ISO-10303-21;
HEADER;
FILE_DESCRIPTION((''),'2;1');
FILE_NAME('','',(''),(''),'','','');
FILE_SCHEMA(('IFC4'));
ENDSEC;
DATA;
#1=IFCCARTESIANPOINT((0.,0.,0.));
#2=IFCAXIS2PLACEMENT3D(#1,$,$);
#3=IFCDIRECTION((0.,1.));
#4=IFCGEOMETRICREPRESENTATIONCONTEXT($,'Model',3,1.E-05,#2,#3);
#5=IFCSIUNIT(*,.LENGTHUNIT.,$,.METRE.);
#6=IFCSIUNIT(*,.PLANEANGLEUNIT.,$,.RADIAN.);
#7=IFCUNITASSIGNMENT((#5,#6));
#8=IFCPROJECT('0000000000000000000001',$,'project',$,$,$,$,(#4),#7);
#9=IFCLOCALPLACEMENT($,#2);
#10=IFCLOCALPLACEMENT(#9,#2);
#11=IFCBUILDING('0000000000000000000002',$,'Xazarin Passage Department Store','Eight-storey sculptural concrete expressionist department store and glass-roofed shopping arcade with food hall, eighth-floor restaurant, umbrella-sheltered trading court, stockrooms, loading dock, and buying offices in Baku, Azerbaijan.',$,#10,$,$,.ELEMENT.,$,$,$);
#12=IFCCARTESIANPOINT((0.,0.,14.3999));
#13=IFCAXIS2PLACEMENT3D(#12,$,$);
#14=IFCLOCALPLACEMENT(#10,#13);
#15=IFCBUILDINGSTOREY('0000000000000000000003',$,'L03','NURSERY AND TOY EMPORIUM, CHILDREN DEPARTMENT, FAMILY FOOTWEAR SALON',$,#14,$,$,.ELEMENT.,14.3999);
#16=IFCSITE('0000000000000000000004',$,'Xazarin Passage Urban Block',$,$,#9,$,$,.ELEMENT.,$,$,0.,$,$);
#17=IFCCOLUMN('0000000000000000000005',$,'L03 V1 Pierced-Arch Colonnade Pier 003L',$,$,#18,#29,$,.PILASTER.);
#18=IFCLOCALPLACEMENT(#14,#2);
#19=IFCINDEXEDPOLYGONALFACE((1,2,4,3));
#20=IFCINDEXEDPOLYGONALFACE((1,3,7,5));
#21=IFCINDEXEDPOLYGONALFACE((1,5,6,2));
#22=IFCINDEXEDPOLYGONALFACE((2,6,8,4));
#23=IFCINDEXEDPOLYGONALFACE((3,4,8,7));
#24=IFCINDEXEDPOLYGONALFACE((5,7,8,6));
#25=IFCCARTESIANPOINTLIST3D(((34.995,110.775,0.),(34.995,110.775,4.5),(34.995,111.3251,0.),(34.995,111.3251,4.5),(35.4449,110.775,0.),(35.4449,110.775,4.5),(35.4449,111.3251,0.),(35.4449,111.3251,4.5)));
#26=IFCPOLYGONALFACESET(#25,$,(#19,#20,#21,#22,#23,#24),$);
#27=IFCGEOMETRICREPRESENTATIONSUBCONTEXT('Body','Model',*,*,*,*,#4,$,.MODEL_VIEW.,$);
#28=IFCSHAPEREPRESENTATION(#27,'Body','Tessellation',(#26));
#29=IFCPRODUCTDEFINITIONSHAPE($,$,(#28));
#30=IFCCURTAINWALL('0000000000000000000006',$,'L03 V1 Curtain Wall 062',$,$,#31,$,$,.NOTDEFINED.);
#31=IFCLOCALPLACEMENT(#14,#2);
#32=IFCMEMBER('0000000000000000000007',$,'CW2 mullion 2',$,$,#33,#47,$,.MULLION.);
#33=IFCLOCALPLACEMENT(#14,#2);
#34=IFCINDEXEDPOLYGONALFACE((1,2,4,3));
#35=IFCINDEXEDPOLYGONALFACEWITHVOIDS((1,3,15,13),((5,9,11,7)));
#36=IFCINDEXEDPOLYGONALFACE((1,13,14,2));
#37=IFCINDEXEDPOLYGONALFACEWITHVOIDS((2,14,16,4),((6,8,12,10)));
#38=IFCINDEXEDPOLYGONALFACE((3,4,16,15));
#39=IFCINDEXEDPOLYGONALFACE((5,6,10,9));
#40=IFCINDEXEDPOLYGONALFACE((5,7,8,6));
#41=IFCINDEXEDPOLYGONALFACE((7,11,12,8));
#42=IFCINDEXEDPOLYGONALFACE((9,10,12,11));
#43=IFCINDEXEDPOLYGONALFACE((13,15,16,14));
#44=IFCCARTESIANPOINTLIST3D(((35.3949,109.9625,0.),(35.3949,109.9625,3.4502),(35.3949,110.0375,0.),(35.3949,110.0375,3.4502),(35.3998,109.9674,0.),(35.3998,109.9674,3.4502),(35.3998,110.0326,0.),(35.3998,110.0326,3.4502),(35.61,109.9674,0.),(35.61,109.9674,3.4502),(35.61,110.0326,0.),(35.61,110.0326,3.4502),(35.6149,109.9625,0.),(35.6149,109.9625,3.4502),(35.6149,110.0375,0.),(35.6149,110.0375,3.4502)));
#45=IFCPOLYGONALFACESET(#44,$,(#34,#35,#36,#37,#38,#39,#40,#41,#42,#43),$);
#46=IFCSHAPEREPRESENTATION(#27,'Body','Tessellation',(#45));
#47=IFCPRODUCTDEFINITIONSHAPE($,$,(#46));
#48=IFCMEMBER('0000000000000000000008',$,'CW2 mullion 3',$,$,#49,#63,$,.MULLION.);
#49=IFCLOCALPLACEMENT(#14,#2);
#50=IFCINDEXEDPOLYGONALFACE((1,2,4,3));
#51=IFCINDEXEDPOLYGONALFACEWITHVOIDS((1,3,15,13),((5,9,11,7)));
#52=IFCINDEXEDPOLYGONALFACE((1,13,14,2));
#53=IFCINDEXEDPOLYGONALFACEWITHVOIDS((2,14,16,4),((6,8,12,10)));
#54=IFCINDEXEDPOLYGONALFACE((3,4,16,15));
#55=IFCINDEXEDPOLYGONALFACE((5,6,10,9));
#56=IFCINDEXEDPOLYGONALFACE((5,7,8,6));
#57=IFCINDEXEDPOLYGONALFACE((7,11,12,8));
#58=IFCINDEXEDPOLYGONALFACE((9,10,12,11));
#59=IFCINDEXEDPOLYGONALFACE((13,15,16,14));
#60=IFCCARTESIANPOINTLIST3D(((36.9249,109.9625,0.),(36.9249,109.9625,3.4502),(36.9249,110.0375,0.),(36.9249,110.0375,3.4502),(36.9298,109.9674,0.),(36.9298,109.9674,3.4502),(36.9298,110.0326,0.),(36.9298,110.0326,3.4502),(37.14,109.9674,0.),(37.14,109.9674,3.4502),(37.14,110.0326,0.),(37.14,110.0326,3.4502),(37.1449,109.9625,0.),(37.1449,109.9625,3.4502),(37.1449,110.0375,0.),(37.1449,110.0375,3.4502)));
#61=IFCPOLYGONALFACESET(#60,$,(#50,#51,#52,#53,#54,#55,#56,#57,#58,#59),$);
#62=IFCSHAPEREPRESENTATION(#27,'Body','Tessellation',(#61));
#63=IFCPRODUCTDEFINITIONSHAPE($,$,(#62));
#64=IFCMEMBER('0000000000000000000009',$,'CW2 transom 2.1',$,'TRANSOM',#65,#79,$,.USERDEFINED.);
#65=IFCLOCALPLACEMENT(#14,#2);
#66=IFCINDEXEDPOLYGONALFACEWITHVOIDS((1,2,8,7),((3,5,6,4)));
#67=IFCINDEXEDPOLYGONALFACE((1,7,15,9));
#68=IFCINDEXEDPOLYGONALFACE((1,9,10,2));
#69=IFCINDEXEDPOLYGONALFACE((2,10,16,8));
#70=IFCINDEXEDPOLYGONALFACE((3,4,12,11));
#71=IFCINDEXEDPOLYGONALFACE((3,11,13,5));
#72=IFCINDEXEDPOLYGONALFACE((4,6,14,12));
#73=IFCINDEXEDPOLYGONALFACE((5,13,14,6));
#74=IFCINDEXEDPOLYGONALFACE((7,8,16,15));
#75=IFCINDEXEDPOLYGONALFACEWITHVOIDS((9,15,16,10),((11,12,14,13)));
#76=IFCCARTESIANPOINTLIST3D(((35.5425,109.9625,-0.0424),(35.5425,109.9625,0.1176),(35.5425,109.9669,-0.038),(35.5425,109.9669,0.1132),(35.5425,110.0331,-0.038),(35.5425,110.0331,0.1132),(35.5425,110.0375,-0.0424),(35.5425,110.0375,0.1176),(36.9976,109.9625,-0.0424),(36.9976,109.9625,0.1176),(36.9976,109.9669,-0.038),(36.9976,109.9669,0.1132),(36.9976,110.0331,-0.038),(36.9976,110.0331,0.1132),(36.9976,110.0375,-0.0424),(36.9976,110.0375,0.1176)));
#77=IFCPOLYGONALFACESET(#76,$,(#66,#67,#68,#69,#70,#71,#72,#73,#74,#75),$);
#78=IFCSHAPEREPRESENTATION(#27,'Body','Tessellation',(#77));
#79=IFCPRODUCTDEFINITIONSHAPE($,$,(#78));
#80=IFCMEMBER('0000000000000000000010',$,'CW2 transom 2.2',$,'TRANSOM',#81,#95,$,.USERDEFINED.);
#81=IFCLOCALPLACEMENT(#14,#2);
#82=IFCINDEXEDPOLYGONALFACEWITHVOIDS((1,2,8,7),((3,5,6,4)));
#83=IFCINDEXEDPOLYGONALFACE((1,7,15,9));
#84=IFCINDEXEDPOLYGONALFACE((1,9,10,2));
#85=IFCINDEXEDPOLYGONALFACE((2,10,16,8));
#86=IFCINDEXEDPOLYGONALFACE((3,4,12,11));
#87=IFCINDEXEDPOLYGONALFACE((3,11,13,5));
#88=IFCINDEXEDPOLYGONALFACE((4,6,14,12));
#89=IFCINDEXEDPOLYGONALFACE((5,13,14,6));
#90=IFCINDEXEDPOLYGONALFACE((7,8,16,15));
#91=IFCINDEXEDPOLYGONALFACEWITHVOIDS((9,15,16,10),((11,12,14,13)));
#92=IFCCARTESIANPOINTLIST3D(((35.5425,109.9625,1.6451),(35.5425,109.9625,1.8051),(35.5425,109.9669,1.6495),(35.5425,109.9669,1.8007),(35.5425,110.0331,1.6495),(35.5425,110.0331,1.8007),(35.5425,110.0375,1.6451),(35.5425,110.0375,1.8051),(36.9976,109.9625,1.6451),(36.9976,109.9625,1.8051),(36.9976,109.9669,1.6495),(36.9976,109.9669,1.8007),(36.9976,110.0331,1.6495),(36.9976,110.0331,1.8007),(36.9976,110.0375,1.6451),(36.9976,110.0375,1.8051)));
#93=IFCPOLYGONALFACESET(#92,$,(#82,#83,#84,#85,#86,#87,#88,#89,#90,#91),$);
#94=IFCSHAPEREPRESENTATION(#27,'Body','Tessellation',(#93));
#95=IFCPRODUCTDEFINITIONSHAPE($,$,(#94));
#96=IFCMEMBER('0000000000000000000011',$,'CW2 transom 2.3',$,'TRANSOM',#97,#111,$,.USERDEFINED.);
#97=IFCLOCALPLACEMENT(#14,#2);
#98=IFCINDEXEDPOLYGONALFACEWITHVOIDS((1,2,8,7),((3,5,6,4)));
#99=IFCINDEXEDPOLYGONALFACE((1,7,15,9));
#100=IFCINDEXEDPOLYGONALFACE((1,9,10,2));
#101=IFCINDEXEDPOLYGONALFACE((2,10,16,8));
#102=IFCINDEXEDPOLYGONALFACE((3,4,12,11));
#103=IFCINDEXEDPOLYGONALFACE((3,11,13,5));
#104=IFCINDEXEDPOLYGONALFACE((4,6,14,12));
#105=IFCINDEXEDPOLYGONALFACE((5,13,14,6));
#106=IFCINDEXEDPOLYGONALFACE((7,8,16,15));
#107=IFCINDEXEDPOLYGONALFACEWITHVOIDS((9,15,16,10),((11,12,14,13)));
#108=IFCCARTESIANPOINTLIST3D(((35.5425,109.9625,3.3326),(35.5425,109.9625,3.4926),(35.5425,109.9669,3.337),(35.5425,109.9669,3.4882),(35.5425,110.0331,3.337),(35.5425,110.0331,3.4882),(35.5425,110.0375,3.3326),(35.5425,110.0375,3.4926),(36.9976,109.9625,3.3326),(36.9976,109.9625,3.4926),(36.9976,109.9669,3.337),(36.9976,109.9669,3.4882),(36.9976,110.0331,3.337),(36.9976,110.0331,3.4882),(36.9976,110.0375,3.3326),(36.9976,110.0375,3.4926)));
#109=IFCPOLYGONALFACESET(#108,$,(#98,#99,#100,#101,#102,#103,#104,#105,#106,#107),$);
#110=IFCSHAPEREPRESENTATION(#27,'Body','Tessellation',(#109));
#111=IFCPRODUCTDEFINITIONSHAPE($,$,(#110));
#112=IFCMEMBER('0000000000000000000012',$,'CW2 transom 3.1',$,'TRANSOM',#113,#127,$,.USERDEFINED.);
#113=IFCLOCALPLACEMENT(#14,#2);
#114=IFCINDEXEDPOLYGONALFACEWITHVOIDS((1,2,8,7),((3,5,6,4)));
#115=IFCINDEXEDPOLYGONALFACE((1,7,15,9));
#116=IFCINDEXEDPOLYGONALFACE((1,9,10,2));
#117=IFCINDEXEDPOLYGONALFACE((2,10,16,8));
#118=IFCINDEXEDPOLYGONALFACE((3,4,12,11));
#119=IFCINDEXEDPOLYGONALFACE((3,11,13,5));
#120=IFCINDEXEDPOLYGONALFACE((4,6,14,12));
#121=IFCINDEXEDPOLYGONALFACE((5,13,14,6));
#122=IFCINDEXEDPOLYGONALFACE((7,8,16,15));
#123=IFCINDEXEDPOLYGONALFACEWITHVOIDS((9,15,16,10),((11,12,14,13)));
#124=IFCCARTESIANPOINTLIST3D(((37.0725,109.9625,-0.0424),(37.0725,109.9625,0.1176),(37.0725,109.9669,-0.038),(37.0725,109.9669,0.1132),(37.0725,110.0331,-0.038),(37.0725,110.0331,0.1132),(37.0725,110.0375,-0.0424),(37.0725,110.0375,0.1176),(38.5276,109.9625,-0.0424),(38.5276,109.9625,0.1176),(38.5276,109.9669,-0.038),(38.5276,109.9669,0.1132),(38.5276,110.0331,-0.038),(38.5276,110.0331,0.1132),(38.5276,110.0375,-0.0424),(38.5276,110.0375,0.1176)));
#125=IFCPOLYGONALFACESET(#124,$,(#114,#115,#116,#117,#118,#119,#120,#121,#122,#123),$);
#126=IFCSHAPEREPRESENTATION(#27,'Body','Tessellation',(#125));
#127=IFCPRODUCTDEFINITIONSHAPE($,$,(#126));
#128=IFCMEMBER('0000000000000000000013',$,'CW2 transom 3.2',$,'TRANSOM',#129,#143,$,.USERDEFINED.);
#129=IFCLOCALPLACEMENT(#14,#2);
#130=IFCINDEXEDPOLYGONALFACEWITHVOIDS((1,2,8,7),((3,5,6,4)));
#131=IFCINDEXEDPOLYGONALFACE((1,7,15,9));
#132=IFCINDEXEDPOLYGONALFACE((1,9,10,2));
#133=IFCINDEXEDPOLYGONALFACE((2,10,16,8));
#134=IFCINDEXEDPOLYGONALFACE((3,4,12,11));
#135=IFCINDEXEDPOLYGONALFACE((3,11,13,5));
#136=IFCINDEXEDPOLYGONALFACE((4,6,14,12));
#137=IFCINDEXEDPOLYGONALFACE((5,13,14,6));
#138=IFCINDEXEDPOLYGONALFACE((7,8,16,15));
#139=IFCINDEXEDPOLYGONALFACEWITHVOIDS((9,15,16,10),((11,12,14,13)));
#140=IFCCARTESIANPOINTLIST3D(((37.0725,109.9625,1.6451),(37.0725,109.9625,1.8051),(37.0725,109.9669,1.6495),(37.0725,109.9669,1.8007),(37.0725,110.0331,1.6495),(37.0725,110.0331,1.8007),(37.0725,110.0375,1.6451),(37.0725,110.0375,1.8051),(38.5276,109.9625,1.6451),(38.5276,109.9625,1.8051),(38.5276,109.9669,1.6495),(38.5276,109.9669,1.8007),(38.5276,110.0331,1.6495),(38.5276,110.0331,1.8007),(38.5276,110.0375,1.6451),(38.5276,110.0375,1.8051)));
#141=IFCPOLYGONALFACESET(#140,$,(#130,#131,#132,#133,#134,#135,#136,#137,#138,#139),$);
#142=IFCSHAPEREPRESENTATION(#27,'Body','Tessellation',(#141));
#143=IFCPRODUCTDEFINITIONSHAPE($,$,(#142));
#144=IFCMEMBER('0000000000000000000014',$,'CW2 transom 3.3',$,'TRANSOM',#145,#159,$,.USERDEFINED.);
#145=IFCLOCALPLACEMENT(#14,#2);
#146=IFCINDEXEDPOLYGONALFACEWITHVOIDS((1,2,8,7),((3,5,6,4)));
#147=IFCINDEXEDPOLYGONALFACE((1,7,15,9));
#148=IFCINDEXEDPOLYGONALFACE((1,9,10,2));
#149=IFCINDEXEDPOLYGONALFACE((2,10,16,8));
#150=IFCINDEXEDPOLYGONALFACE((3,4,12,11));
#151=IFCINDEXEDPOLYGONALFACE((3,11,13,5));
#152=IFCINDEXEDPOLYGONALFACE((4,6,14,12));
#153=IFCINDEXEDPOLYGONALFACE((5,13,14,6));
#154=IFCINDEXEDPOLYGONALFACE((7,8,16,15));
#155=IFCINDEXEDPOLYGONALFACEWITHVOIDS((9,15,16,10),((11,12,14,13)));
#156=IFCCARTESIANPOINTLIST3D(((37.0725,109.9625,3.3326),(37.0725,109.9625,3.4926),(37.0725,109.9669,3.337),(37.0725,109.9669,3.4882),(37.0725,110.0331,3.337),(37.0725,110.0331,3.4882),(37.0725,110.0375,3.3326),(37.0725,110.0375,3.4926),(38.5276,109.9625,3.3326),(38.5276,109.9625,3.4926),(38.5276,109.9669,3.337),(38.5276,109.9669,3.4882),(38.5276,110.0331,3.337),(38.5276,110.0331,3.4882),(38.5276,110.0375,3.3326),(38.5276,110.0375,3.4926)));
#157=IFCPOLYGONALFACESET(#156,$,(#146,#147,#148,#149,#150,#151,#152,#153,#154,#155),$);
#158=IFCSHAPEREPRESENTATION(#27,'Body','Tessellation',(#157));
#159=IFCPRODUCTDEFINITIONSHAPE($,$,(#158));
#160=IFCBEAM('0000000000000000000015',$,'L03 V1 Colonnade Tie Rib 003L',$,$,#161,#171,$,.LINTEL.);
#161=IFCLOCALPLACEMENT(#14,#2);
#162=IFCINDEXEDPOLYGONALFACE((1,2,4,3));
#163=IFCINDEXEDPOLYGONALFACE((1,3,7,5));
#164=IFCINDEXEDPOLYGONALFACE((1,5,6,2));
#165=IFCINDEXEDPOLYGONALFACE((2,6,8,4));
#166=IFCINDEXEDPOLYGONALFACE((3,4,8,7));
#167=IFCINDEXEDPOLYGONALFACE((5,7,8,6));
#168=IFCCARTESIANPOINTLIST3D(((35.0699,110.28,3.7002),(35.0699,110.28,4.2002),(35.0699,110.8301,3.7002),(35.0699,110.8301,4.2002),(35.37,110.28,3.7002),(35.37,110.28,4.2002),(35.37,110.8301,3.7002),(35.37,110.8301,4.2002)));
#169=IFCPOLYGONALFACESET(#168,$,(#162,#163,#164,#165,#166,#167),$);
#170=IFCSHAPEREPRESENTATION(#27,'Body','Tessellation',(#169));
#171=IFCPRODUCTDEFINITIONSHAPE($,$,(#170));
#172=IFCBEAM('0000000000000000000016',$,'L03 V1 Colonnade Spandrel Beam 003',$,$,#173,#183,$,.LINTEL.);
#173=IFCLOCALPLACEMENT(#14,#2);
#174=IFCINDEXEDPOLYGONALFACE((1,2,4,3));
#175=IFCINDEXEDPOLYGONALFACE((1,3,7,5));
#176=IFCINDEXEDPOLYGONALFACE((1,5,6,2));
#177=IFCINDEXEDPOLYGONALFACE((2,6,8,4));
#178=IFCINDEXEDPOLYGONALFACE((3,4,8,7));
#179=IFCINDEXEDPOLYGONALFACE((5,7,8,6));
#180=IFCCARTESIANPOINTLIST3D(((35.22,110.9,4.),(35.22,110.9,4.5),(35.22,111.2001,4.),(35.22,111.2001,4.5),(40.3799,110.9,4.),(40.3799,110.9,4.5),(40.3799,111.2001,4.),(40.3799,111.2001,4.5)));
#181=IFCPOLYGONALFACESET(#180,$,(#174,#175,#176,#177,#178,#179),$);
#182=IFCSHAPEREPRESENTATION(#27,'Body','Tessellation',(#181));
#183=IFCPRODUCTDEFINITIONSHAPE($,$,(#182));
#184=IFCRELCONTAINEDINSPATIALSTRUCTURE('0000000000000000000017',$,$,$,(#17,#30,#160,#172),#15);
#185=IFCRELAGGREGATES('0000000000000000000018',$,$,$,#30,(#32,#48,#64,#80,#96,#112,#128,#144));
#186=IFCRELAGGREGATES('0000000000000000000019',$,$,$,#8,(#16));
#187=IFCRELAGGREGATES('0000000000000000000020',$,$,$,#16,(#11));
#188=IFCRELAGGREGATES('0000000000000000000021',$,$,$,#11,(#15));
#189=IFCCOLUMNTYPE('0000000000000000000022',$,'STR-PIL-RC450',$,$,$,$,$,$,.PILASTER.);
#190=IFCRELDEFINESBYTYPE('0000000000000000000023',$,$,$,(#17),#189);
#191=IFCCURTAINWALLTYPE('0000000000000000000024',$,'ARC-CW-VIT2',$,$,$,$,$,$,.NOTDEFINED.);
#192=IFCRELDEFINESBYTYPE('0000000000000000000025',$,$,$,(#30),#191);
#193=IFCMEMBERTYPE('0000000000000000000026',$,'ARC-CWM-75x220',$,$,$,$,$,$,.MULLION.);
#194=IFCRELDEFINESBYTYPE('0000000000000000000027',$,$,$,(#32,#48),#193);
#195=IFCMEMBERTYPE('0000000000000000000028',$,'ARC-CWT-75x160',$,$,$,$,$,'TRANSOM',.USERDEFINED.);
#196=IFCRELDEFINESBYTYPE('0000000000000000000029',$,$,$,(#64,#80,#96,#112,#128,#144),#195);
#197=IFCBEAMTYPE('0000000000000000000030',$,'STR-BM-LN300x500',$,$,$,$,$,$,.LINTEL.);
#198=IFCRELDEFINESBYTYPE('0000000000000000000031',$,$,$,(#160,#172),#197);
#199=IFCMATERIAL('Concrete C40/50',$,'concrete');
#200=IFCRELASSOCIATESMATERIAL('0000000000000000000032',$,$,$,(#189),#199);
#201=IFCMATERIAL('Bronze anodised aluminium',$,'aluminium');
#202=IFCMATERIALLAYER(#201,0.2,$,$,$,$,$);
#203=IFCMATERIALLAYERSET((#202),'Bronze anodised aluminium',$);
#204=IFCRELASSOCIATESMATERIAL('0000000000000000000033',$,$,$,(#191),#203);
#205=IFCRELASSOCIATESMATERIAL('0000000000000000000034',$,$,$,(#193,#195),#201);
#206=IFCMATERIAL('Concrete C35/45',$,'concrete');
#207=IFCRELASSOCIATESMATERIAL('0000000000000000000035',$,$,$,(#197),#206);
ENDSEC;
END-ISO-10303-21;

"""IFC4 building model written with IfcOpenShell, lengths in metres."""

from ifc_helpers import new_model, si_unit, direction, frame, origin, origin_2d, place, context, subcontext, project, spatial, rectangle, hollow_rectangle, extrude, material, layer, layer_set, material_profile, profile_set, type_object, element, aggregate, save


model = new_model("IFC4")

# Units and contexts
model_context = context("Model", 3, precision=1e-05, world=origin(), true_north=direction((0.0, 1.0)))
body_context = subcontext(model_context, "Body", "Model", "MODEL_VIEW")
ifc_project = project(units=[si_unit("LENGTHUNIT", "METRE"), si_unit("PLANEANGLEUNIT", "RADIAN")], contexts=[model_context])

# Site, building, storey
site_placement = place(None, origin())
site = spatial("IfcSite", under=ifc_project, at=site_placement, Name="Xazarin Passage Urban Block", CompositionType="ELEMENT", RefElevation=0.0)
building_placement = place(site_placement, origin())
building = spatial("IfcBuilding", under=site, at=building_placement, Name="Xazarin Passage Department Store", Description="Eight-storey sculptural concrete expressionist department store and glass-roofed shopping arcade with food hall, eighth-floor restaurant, umbrella-sheltered trading court, stockrooms, loading dock, and buying offices in Baku, Azerbaijan.", CompositionType="ELEMENT")
storey_placement = place(building_placement, frame((0.0, 0.0, 14.3999)))
storey = spatial("IfcBuildingStorey", under=building, at=storey_placement, Name="L03", Description="NURSERY AND TOY EMPORIUM, CHILDREN DEPARTMENT, FAMILY FOOTWEAR SALON", CompositionType="ELEMENT", Elevation=14.3999)

# Column
ifc_material_1 = material(Name="Concrete C40/50", Category="concrete")
ifc_material_profile_1 = material_profile(ifc_material_1, rectangle(XDim=0.45, YDim=0.55, at=origin_2d()), Name="RC 450x550")
ifc_profile_set_1 = profile_set([ifc_material_profile_1], Name="Concrete C40/50")
column_type = type_object("IfcColumnType", Name="STR-PIL-RC450", PredefinedType="PILASTER", material=ifc_profile_set_1)
column_placement = place(storey_placement, frame((35.22, 111.05, 0.0), z_axis=(0.0, 0.0, 1.0), x_axis=(1.0, 0.0, 0.0)))
element("IfcColumn", 1, at=column_placement, inside=storey, type_object=column_type, Name="L03 V1 Pierced-Arch Colonnade Pier 003L", PredefinedType="PILASTER", context=body_context, shape_type="SweptSolid", body=[
    extrude(rectangle(XDim=0.45, YDim=0.55, at=origin_2d()), origin(), (0.0, 0.0, 1.0), 4.5),
])

# Curtain wall, members
ifc_material_2 = material(Name="Bronze anodised aluminium", Category="aluminium")
ifc_layer_1 = layer(ifc_material_2, 0.2)
ifc_layer_set_1 = layer_set([ifc_layer_1], Name="Bronze anodised aluminium")
curtain_wall_type = type_object("IfcCurtainWallType", Name="ARC-CW-VIT2", PredefinedType="NOTDEFINED", material=ifc_layer_set_1)
curtain_wall_placement = place(storey_placement, origin())
curtain_wall = element("IfcCurtainWall", 2, at=curtain_wall_placement, inside=storey, type_object=curtain_wall_type, Name="L03 V1 Curtain Wall 062", PredefinedType="NOTDEFINED")
ifc_material_profile_2 = material_profile(ifc_material_2, hollow_rectangle(XDim=0.075, YDim=0.22, WallThickness=0.0049, at=origin_2d()), Name="ALU 75x220")
ifc_profile_set_2 = profile_set([ifc_material_profile_2], Name="Bronze anodised aluminium")
member_type_1 = type_object("IfcMemberType", Name="ARC-CWM-75x220", PredefinedType="MULLION", material=ifc_profile_set_2)
member_1_placement = place(storey_placement, frame((35.5049, 110.0, 0.0), z_axis=(0.0, 0.0, 1.0), x_axis=(0.0, 1.0, 0.0)))
member_1 = element("IfcMember", 3, at=member_1_placement, type_object=member_type_1, Name="CW2 mullion 2", PredefinedType="MULLION", context=body_context, shape_type="SweptSolid", body=[
    extrude(hollow_rectangle(XDim=0.075, YDim=0.22, WallThickness=0.0049, at=origin_2d()), origin(), (0.0, 0.0, 1.0), 3.4502),
])
member_2_placement = place(storey_placement, frame((37.0349, 110.0, 0.0), z_axis=(0.0, 0.0, 1.0), x_axis=(0.0, 1.0, 0.0)))
member_2 = element("IfcMember", 4, at=member_2_placement, type_object=member_type_1, Name="CW2 mullion 3", PredefinedType="MULLION", context=body_context, shape_type="SweptSolid", body=[
    extrude(hollow_rectangle(XDim=0.075, YDim=0.22, WallThickness=0.0049, at=origin_2d()), origin(), (0.0, 0.0, 1.0), 3.4502),
])
ifc_material_profile_3 = material_profile(ifc_material_2, hollow_rectangle(XDim=0.075, YDim=0.1599, WallThickness=0.0044, at=origin_2d()), Name="ALU 75x160")
ifc_profile_set_3 = profile_set([ifc_material_profile_3], Name="Bronze anodised aluminium")
member_type_2 = type_object("IfcMemberType", Name="ARC-CWT-75x160", ElementType="TRANSOM", PredefinedType="USERDEFINED", material=ifc_profile_set_3)
member_3_placement = place(storey_placement, frame((35.5425, 110.0, 0.0376), z_axis=(1.0, 0.0, 0.0), x_axis=(0.0, 1.0, 0.0)))
member_3 = element("IfcMember", 5, at=member_3_placement, type_object=member_type_2, Name="CW2 transom 2.1", ObjectType="TRANSOM", PredefinedType="USERDEFINED", context=body_context, shape_type="SweptSolid", body=[
    extrude(hollow_rectangle(XDim=0.075, YDim=0.1599, WallThickness=0.0044, at=origin_2d()), origin(), (0.0, 0.0, 1.0), 1.4551),
])
member_4_placement = place(storey_placement, frame((35.5425, 110.0, 1.7251), z_axis=(1.0, 0.0, 0.0), x_axis=(0.0, 1.0, 0.0)))
member_4 = element("IfcMember", 6, at=member_4_placement, type_object=member_type_2, Name="CW2 transom 2.2", ObjectType="TRANSOM", PredefinedType="USERDEFINED", context=body_context, shape_type="SweptSolid", body=[
    extrude(hollow_rectangle(XDim=0.075, YDim=0.1599, WallThickness=0.0044, at=origin_2d()), origin(), (0.0, 0.0, 1.0), 1.4551),
])
member_5_placement = place(storey_placement, frame((35.5425, 110.0, 3.4126), z_axis=(1.0, 0.0, 0.0), x_axis=(0.0, 1.0, 0.0)))
member_5 = element("IfcMember", 7, at=member_5_placement, type_object=member_type_2, Name="CW2 transom 2.3", ObjectType="TRANSOM", PredefinedType="USERDEFINED", context=body_context, shape_type="SweptSolid", body=[
    extrude(hollow_rectangle(XDim=0.075, YDim=0.1599, WallThickness=0.0044, at=origin_2d()), origin(), (0.0, 0.0, 1.0), 1.4551),
])
member_6_placement = place(storey_placement, frame((37.0725, 110.0, 0.0376), z_axis=(1.0, 0.0, 0.0), x_axis=(0.0, 1.0, 0.0)))
member_6 = element("IfcMember", 8, at=member_6_placement, type_object=member_type_2, Name="CW2 transom 3.1", ObjectType="TRANSOM", PredefinedType="USERDEFINED", context=body_context, shape_type="SweptSolid", body=[
    extrude(hollow_rectangle(XDim=0.075, YDim=0.1599, WallThickness=0.0044, at=origin_2d()), origin(), (0.0, 0.0, 1.0), 1.4551),
])
member_7_placement = place(storey_placement, frame((37.0725, 110.0, 1.7251), z_axis=(1.0, 0.0, 0.0), x_axis=(0.0, 1.0, 0.0)))
member_7 = element("IfcMember", 9, at=member_7_placement, type_object=member_type_2, Name="CW2 transom 3.2", ObjectType="TRANSOM", PredefinedType="USERDEFINED", context=body_context, shape_type="SweptSolid", body=[
    extrude(hollow_rectangle(XDim=0.075, YDim=0.1599, WallThickness=0.0044, at=origin_2d()), origin(), (0.0, 0.0, 1.0), 1.4551),
])
member_8_placement = place(storey_placement, frame((37.0725, 110.0, 3.4126), z_axis=(1.0, 0.0, 0.0), x_axis=(0.0, 1.0, 0.0)))
member_8 = element("IfcMember", 10, at=member_8_placement, type_object=member_type_2, Name="CW2 transom 3.3", ObjectType="TRANSOM", PredefinedType="USERDEFINED", context=body_context, shape_type="SweptSolid", body=[
    extrude(hollow_rectangle(XDim=0.075, YDim=0.1599, WallThickness=0.0044, at=origin_2d()), origin(), (0.0, 0.0, 1.0), 1.4551),
])

# Beams
ifc_material_3 = material(Name="Concrete C35/45", Category="concrete")
ifc_material_profile_4 = material_profile(ifc_material_3, rectangle(XDim=0.3, YDim=0.5, at=origin_2d()), Name="RC 300x500")
ifc_profile_set_4 = profile_set([ifc_material_profile_4], Name="Concrete C35/45")
beam_type = type_object("IfcBeamType", Name="STR-BM-LN300x500", PredefinedType="LINTEL", material=ifc_profile_set_4)
beam_1_placement = place(storey_placement, frame((35.22, 110.28, 3.9502), z_axis=(0.0, 1.0, 0.0), x_axis=(-1.0, 0.0, 0.0)))
element("IfcBeam", 11, at=beam_1_placement, inside=storey, type_object=beam_type, Name="L03 V1 Colonnade Tie Rib 003L", PredefinedType="LINTEL", context=body_context, shape_type="SweptSolid", body=[
    extrude(rectangle(XDim=0.3, YDim=0.5, at=origin_2d()), origin(), (0.0, 0.0, 1.0), 0.55),
])
beam_2_placement = place(storey_placement, frame((35.22, 111.05, 4.25), z_axis=(1.0, 0.0, 0.0), x_axis=(0.0, 1.0, 0.0)))
element("IfcBeam", 12, at=beam_2_placement, inside=storey, type_object=beam_type, Name="L03 V1 Colonnade Spandrel Beam 003", PredefinedType="LINTEL", context=body_context, shape_type="SweptSolid", body=[
    extrude(rectangle(XDim=0.3, YDim=0.5, at=origin_2d()), origin(), (0.0, 0.0, 1.0), 5.1599),
])

aggregate(curtain_wall, [member_1, member_2, member_3, member_4, member_5, member_6, member_7, member_8])

save(model, "model.ifc")
